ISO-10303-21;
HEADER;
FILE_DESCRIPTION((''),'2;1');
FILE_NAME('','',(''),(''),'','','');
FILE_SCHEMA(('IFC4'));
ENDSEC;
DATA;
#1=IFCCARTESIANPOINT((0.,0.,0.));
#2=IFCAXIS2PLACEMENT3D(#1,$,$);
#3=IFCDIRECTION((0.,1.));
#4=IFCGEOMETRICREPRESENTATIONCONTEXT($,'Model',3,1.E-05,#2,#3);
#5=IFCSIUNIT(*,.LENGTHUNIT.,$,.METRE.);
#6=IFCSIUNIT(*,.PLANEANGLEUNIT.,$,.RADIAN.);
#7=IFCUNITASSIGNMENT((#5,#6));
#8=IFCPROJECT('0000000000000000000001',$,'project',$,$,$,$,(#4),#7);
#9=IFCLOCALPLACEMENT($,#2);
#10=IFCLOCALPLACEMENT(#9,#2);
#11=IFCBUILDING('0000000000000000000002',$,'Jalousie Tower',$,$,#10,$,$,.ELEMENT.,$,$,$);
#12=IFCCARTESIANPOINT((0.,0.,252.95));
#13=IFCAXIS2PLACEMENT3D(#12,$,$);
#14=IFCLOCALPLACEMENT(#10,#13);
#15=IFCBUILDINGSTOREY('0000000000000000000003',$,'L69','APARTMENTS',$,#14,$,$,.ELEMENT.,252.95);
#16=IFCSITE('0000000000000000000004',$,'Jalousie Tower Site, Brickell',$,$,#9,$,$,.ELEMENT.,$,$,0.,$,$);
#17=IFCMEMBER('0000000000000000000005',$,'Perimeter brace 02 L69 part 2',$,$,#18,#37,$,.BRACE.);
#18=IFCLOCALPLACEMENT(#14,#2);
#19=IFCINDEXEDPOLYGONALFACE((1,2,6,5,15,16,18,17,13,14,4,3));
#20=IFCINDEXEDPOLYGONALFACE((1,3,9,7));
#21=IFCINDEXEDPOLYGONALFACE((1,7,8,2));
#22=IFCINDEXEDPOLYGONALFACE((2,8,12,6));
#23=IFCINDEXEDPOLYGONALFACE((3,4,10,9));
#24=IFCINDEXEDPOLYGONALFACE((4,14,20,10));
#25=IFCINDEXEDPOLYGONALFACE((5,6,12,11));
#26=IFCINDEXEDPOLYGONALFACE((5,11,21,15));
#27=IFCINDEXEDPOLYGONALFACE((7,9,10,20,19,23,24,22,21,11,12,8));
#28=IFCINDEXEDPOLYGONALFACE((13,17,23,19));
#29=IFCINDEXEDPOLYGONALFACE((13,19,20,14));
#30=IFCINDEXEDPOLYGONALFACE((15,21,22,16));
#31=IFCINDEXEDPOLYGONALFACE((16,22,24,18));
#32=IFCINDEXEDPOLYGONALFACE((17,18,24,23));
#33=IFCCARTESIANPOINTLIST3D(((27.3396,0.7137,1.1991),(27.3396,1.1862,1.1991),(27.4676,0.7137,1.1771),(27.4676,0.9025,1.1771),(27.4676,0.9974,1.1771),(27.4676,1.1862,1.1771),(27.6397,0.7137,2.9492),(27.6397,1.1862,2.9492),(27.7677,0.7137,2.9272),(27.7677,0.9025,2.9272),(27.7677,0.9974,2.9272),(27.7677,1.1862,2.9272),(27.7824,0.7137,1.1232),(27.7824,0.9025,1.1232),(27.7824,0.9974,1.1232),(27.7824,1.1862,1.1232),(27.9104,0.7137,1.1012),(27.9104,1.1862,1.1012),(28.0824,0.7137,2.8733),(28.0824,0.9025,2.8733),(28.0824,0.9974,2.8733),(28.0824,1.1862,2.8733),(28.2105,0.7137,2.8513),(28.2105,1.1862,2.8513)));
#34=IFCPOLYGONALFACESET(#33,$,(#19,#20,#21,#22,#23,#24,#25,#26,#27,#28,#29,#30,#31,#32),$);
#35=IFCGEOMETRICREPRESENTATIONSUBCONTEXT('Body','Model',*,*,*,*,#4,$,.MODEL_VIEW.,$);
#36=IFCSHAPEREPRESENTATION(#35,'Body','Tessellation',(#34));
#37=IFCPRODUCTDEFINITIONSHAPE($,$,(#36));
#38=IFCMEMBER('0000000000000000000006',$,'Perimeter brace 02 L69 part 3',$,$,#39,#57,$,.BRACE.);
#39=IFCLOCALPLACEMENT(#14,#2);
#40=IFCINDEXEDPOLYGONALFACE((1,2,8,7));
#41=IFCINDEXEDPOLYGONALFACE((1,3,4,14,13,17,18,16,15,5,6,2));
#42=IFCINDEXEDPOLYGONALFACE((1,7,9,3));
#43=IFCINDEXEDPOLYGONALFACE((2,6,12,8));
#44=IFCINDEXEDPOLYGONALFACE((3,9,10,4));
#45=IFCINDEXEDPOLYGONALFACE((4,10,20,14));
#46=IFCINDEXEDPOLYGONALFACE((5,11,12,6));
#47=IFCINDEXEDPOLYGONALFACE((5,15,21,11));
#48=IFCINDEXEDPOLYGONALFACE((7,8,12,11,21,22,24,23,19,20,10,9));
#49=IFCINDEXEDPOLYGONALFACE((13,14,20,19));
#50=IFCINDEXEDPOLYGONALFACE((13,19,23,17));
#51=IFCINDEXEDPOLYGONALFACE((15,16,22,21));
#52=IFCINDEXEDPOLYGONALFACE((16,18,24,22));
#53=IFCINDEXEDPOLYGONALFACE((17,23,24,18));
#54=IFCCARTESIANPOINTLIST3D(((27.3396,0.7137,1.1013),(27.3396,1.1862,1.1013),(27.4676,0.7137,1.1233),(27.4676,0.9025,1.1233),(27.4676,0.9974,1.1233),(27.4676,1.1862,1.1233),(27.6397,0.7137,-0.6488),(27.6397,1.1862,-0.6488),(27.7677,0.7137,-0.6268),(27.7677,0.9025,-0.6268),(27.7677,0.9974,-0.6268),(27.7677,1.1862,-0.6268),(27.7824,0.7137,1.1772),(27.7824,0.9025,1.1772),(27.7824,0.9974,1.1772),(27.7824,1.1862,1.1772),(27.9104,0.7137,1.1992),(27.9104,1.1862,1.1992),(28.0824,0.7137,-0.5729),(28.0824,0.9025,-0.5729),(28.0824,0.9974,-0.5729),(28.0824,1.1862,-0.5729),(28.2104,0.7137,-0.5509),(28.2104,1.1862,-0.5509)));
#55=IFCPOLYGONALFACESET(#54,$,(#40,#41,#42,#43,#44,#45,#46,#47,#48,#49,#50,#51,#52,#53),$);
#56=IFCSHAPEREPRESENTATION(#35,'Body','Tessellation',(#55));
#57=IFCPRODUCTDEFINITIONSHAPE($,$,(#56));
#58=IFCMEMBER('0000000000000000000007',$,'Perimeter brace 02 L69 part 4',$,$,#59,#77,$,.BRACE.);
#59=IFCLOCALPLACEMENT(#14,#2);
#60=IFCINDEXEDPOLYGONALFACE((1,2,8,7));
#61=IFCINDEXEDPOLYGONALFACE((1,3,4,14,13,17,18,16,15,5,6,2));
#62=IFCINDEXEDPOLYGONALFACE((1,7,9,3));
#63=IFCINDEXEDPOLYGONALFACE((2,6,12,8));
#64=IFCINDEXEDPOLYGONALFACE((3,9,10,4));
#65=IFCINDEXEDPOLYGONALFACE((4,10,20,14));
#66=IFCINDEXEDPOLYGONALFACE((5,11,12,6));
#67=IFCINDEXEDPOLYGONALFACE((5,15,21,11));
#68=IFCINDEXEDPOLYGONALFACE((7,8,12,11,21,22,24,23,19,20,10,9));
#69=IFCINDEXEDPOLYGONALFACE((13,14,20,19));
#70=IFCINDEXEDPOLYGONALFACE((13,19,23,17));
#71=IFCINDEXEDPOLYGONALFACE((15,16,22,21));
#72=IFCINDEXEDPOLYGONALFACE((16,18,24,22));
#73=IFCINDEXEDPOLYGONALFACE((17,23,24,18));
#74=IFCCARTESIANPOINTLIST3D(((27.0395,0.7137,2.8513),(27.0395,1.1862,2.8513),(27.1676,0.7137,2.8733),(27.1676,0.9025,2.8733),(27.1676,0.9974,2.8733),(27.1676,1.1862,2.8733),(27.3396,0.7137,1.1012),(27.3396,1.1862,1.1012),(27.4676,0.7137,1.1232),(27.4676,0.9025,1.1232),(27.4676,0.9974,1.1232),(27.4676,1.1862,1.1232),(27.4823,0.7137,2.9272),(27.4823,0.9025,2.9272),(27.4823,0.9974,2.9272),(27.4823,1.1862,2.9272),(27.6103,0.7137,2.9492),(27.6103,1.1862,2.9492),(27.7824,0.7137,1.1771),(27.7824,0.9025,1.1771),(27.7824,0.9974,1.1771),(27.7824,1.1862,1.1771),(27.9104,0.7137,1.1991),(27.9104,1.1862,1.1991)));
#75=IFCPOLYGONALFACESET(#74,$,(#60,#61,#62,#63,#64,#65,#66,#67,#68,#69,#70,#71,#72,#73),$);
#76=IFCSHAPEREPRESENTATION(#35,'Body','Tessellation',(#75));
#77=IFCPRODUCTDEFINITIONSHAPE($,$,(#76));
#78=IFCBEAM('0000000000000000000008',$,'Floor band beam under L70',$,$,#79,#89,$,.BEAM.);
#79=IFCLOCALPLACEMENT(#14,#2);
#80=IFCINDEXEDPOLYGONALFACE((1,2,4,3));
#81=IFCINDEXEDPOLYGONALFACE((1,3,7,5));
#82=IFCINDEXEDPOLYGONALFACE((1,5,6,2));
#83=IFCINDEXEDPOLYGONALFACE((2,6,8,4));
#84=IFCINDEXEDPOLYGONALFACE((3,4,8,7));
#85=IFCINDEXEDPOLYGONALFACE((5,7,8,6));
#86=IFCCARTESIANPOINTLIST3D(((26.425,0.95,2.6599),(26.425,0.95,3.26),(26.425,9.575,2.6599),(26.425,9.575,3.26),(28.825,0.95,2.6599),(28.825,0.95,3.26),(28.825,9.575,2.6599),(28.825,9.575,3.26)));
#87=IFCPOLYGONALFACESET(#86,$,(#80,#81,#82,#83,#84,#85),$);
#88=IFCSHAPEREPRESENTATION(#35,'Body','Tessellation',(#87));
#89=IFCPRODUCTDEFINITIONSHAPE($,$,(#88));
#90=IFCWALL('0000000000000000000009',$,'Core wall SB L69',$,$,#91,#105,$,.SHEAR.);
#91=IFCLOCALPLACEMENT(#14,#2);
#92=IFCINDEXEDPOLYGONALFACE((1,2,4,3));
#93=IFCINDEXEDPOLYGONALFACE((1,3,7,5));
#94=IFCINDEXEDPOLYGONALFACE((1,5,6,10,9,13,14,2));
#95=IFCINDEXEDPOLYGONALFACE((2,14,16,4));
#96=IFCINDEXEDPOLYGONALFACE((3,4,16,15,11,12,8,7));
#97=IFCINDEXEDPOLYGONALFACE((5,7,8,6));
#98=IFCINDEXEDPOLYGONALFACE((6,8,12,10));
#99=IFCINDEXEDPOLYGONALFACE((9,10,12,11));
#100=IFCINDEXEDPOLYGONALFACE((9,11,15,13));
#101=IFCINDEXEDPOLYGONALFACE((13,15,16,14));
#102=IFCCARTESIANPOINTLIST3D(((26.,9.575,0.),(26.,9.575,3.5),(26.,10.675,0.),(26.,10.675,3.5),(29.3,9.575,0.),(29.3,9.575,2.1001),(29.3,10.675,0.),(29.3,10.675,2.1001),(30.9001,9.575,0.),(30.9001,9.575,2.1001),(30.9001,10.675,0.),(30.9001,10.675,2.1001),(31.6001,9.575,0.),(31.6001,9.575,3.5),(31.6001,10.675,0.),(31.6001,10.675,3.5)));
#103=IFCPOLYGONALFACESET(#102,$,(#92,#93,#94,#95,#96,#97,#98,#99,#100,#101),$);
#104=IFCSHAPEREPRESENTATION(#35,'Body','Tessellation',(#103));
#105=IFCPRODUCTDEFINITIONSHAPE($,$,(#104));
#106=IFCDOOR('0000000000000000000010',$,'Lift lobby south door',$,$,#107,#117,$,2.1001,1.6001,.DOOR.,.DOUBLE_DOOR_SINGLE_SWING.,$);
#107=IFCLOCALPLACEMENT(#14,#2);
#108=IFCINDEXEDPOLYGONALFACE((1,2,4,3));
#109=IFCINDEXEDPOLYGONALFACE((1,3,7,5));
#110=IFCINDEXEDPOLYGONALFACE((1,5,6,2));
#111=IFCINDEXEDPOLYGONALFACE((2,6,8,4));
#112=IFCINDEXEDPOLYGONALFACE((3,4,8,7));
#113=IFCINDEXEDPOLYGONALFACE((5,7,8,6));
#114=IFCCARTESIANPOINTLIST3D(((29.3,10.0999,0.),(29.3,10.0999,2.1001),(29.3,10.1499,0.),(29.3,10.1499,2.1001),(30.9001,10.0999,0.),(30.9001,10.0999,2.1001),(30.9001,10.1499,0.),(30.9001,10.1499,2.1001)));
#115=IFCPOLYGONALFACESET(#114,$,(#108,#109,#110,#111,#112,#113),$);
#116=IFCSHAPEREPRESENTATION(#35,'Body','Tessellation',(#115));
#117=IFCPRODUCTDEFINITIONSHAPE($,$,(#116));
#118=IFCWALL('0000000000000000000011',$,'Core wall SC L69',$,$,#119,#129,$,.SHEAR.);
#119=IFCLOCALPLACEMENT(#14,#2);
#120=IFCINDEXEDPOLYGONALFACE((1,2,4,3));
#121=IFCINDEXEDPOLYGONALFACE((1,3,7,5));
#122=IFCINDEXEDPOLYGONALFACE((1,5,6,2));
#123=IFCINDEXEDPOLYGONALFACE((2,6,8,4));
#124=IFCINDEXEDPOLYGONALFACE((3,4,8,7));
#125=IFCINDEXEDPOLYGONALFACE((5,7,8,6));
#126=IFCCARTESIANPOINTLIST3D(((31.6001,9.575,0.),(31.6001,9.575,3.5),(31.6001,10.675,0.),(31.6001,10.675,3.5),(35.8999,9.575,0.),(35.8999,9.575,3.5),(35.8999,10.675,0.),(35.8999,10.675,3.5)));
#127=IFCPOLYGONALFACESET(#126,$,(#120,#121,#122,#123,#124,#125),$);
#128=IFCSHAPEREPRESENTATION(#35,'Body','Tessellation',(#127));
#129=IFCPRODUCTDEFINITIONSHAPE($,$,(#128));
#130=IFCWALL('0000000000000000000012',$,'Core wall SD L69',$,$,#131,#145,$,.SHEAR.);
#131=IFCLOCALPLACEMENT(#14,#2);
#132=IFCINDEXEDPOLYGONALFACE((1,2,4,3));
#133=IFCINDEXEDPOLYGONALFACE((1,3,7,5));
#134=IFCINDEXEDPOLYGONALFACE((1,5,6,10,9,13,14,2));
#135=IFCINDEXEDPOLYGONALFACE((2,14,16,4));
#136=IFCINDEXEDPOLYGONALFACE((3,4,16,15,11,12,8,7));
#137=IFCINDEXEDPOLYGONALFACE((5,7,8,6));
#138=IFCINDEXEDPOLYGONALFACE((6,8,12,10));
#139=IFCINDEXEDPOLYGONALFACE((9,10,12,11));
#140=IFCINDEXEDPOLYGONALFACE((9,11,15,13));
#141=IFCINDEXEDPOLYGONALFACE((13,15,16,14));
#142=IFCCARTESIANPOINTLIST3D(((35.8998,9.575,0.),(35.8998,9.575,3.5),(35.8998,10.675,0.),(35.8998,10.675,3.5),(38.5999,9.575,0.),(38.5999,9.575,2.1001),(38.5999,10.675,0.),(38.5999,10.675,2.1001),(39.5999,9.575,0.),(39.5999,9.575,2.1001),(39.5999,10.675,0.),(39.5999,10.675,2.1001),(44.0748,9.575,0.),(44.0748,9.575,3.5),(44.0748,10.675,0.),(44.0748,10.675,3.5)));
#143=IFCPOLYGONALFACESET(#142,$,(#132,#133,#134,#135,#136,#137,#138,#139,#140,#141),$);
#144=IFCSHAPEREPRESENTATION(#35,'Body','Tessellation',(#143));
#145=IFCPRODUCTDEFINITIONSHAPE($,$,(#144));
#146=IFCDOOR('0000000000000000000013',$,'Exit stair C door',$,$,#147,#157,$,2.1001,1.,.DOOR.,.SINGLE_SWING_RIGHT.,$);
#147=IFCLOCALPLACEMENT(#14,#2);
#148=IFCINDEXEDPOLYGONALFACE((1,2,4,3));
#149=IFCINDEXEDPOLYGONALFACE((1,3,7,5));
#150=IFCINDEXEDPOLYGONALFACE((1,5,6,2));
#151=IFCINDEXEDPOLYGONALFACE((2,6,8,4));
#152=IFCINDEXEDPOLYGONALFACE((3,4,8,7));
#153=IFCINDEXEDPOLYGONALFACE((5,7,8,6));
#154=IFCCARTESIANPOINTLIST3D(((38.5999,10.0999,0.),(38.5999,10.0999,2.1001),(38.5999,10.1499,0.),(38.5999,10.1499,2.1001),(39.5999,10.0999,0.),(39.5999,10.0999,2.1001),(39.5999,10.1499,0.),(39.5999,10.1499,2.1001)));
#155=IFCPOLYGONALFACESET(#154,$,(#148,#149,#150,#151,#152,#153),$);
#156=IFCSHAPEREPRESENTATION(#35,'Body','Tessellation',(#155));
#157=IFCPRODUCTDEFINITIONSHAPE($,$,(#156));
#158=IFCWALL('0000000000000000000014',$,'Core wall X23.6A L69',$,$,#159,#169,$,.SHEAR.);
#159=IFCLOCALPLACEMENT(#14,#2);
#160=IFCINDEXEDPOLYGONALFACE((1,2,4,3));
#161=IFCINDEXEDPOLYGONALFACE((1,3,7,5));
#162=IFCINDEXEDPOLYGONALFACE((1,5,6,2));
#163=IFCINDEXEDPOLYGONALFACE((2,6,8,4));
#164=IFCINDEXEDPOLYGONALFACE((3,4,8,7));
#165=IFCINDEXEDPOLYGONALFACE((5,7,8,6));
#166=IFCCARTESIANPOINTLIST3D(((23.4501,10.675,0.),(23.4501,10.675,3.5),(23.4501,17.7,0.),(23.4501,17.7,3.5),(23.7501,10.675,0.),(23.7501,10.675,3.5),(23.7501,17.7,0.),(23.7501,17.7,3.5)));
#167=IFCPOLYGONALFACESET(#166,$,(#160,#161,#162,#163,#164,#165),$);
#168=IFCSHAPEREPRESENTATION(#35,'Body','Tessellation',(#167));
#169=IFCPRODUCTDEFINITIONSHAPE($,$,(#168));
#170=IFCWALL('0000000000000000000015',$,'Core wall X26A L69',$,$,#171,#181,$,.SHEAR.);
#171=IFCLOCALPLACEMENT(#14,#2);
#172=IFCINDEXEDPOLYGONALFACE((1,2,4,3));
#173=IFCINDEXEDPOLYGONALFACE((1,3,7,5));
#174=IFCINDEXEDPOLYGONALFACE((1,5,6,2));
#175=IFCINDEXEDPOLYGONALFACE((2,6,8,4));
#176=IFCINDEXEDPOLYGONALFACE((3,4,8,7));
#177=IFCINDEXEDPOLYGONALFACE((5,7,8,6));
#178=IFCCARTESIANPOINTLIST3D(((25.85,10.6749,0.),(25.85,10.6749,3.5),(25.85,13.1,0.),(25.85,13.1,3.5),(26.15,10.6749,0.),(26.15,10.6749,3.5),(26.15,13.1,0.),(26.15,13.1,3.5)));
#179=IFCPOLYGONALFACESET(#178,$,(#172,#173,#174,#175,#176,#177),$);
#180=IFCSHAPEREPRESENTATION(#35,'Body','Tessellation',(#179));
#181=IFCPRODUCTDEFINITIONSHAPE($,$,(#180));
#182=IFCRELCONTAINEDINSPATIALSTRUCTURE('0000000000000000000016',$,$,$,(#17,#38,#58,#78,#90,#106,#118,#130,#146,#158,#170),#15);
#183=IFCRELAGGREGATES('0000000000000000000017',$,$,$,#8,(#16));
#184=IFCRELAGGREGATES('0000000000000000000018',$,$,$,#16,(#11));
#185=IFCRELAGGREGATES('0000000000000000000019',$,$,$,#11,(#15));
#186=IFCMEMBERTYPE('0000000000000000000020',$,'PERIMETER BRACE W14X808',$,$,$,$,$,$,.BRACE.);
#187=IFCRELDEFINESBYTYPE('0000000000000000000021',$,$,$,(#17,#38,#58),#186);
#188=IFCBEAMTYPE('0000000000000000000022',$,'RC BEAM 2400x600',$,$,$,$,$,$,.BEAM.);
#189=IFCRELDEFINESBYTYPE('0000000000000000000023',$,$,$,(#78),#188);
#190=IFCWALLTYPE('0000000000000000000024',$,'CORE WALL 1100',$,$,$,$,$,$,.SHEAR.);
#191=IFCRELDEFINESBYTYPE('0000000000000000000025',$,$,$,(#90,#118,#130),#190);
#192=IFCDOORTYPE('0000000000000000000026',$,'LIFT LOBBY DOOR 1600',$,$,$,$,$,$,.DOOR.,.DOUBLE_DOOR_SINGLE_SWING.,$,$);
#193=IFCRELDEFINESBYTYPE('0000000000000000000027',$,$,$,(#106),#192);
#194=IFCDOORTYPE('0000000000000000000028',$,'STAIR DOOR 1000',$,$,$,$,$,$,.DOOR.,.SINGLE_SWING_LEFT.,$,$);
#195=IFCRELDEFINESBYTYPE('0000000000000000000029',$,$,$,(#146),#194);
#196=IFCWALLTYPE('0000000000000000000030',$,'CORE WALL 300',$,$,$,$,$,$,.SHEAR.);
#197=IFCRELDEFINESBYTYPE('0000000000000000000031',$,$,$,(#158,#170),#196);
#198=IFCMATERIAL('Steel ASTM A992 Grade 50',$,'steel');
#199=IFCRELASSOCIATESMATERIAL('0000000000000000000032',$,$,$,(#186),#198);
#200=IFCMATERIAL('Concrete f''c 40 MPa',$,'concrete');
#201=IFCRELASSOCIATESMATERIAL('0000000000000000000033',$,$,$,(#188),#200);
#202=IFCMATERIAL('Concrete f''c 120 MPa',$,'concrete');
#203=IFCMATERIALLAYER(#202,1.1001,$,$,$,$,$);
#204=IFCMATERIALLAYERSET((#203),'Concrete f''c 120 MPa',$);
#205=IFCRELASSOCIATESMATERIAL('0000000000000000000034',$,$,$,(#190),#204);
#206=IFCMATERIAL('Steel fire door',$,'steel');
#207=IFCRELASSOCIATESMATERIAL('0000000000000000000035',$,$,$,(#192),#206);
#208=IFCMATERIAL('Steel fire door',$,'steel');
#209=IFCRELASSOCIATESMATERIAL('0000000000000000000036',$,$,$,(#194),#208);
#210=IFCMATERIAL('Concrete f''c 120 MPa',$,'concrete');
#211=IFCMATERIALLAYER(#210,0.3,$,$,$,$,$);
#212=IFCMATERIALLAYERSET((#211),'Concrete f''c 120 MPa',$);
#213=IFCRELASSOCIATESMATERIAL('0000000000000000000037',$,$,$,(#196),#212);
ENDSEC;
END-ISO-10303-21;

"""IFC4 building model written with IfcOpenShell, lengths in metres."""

from ifc_helpers import new_model, si_unit, direction, frame, frame_2d, origin, origin_2d, place, context, subcontext, project, spatial, rectangle, i_section, extrude, material, layer, layer_set, material_profile, profile_set, type_object, element, fill, save


model = new_model("IFC4")

# Units and contexts
model_context = context("Model", 3, precision=1e-05, world=origin(), true_north=direction((0.0, 1.0)))
body_context = subcontext(model_context, "Body", "Model", "MODEL_VIEW")
ifc_project = project(units=[si_unit("LENGTHUNIT", "METRE"), si_unit("PLANEANGLEUNIT", "RADIAN")], contexts=[model_context])

# Site, building, storey
site_placement = place(None, origin())
site = spatial("IfcSite", under=ifc_project, at=site_placement, Name="Jalousie Tower Site, Brickell", CompositionType="ELEMENT", RefElevation=0.0)
building_placement = place(site_placement, origin())
building = spatial("IfcBuilding", under=site, at=building_placement, Name="Jalousie Tower", CompositionType="ELEMENT")
storey_placement = place(building_placement, frame((0.0, 0.0, 252.95)))
storey = spatial("IfcBuildingStorey", under=building, at=storey_placement, Name="L69", Description="APARTMENTS", CompositionType="ELEMENT", Elevation=252.95)

# Members
ifc_material_1 = material(Name="Steel ASTM A992 Grade 50", Category="steel")
ifc_material_profile_1 = material_profile(ifc_material_1, i_section(OverallWidth=0.4724, OverallDepth=0.5791, WebThickness=0.095, FlangeThickness=0.1299, at=origin_2d()), Name="W14X808")
ifc_profile_set_1 = profile_set([ifc_material_profile_1], Name="Steel ASTM A992 Grade 50")
member_type = type_object("IfcMemberType", Name="PERIMETER BRACE W14X808", PredefinedType="BRACE", material=ifc_profile_set_1)
for number, where, z_axis, x_axis, name in (
    (1, (27.625, 0.95, 1.1501), (0.168991, 0.0, 0.985618), (0.0, 1.0, 0.0), "Perimeter brace 02 L69 part 2"),
    (2, (27.925, 0.95, -0.5999), (-0.168991, 0.0, 0.985618), (0.0, -1.0, 0.0), "Perimeter brace 02 L69 part 3"),
    (3, (27.625, 0.95, 1.1501), (-0.168991, 0.0, 0.985618), (0.0, -1.0, 0.0), "Perimeter brace 02 L69 part 4"),
):
    element("IfcMember", number, at=place(storey_placement, frame(where, z_axis=z_axis, x_axis=x_axis)), inside=storey, type_object=member_type, Name=name, PredefinedType="BRACE", context=body_context, shape_type="SweptSolid", body=[
        extrude(i_section(OverallWidth=0.4724, OverallDepth=0.5791, WebThickness=0.095, FlangeThickness=0.1299, at=origin_2d()), origin(), (0.0, 0.0, 1.0), 1.7756),
    ])

# Beam
ifc_material_2 = material(Name="Concrete f'c 40 MPa", Category="concrete")
ifc_material_profile_2 = material_profile(ifc_material_2, rectangle(XDim=2.3999, YDim=0.6001, at=origin_2d()), Name="RC 2400x600")
ifc_profile_set_2 = profile_set([ifc_material_profile_2], Name="Concrete f'c 40 MPa")
beam_type = type_object("IfcBeamType", Name="RC BEAM 2400x600", PredefinedType="BEAM", material=ifc_profile_set_2)
beam_placement = place(storey_placement, frame((27.625, 0.95, 2.96), z_axis=(0.0, 1.0, 0.0), x_axis=(-1.0, 0.0, 0.0)))
element("IfcBeam", 4, at=beam_placement, inside=storey, type_object=beam_type, Name="Floor band beam under L70", PredefinedType="BEAM", context=body_context, shape_type="SweptSolid", body=[
    extrude(rectangle(XDim=2.3999, YDim=0.6001, at=origin_2d()), origin(), (0.0, 0.0, 1.0), 8.625),
])

# Wall, opening, door
ifc_material_3 = material(Name="Concrete f'c 120 MPa", Category="concrete")
ifc_layer_1 = layer(ifc_material_3, 1.1001)
ifc_layer_set_1 = layer_set([ifc_layer_1], Name="Concrete f'c 120 MPa")
wall_type_1 = type_object("IfcWallType", Name="CORE WALL 1100", PredefinedType="SHEAR", material=ifc_layer_set_1)
wall_1_placement = place(storey_placement, frame((26.0, 10.125, 0.0), z_axis=(0.0, 0.0, 1.0), x_axis=(1.0, 0.0, 0.0)))
wall_1 = element("IfcWall", 5, at=wall_1_placement, inside=storey, type_object=wall_type_1, Name="Core wall SB L69", PredefinedType="SHEAR", context=body_context, shape_type="SweptSolid", body=[
    extrude(rectangle(XDim=5.6001, YDim=1.1001, at=frame_2d((2.8, 0.0))), origin(), (0.0, 0.0, 1.0), 3.5),
])
opening_1_placement = place(wall_1_placement, frame((3.3, 0.0, 0.0)))
opening_1 = element("IfcOpeningElement", 6, at=opening_1_placement, cuts=wall_1, PredefinedType="OPENING", context=body_context, shape_type="SweptSolid", body=[
    extrude(rectangle(XDim=1.6001, YDim=2.1001, at=frame_2d((0.8, 1.05))), frame((0.0, 0.5601, 0.0), z_axis=(0.0, -1.0, 0.0), x_axis=(1.0, 0.0, 0.0)), (0.0, 0.0, 1.0), 1.1201),
])
ifc_material_4 = material(Name="Steel fire door", Category="steel")
door_type_1 = type_object("IfcDoorType", Name="LIFT LOBBY DOOR 1600", OperationType="DOUBLE_DOOR_SINGLE_SWING", PredefinedType="DOOR", material=ifc_material_4)
door_1_placement = place(opening_1_placement, origin())
door_1 = element("IfcDoor", 7, at=door_1_placement, inside=storey, type_object=door_type_1, Name="Lift lobby south door", OperationType="DOUBLE_DOOR_SINGLE_SWING", OverallHeight=2.1001, OverallWidth=1.6001, PredefinedType="DOOR", context=body_context, shape_type="SweptSolid", body=[
    extrude(rectangle(XDim=1.6001, YDim=2.1001, at=frame_2d((0.8, 1.05))), frame((0.0, 0.0249, 0.0), z_axis=(0.0, -1.0, 0.0), x_axis=(1.0, 0.0, 0.0)), (0.0, 0.0, 1.0), 0.05),
])
fill(opening_1, door_1)

# Wall
wall_2_placement = place(storey_placement, frame((31.6001, 10.125, 0.0), z_axis=(0.0, 0.0, 1.0), x_axis=(1.0, 0.0, 0.0)))
element("IfcWall", 8, at=wall_2_placement, inside=storey, type_object=wall_type_1, Name="Core wall SC L69", PredefinedType="SHEAR", context=body_context, shape_type="SweptSolid", body=[
    extrude(rectangle(XDim=4.2998, YDim=1.1001, at=frame_2d((2.1499, 0.0))), origin(), (0.0, 0.0, 1.0), 3.5),
])

# Wall, opening, door
wall_3_placement = place(storey_placement, frame((35.8999, 10.125, 0.0), z_axis=(0.0, 0.0, 1.0), x_axis=(1.0, 0.0, 0.0)))
wall_3 = element("IfcWall", 9, at=wall_3_placement, inside=storey, type_object=wall_type_1, Name="Core wall SD L69", PredefinedType="SHEAR", context=body_context, shape_type="SweptSolid", body=[
    extrude(rectangle(XDim=8.175, YDim=1.1001, at=frame_2d((4.0874, 0.0))), origin(), (0.0, 0.0, 1.0), 3.5),
])
opening_2_placement = place(wall_3_placement, frame((2.7, 0.0, 0.0)))
opening_2 = element("IfcOpeningElement", 10, at=opening_2_placement, cuts=wall_3, PredefinedType="OPENING", context=body_context, shape_type="SweptSolid", body=[
    extrude(rectangle(XDim=1.0, YDim=2.1001, at=frame_2d((0.5, 1.05))), frame((0.0, 0.5601, 0.0), z_axis=(0.0, -1.0, 0.0), x_axis=(1.0, 0.0, 0.0)), (0.0, 0.0, 1.0), 1.1201),
])
ifc_material_5 = material(Name="Steel fire door", Category="steel")
door_type_2 = type_object("IfcDoorType", Name="STAIR DOOR 1000", OperationType="SINGLE_SWING_LEFT", PredefinedType="DOOR", material=ifc_material_5)
door_2_placement = place(opening_2_placement, origin())
door_2 = element("IfcDoor", 11, at=door_2_placement, inside=storey, type_object=door_type_2, Name="Exit stair C door", OperationType="SINGLE_SWING_RIGHT", OverallHeight=2.1001, OverallWidth=1.0, PredefinedType="DOOR", context=body_context, shape_type="SweptSolid", body=[
    extrude(rectangle(XDim=1.0, YDim=2.1001, at=frame_2d((0.5, 1.05))), frame((0.0, 0.0249, 0.0), z_axis=(0.0, -1.0, 0.0), x_axis=(1.0, 0.0, 0.0)), (0.0, 0.0, 1.0), 0.05),
])
fill(opening_2, door_2)

# Walls
ifc_material_6 = material(Name="Concrete f'c 120 MPa", Category="concrete")
ifc_layer_2 = layer(ifc_material_6, 0.3)
ifc_layer_set_2 = layer_set([ifc_layer_2], Name="Concrete f'c 120 MPa")
wall_type_2 = type_object("IfcWallType", Name="CORE WALL 300", PredefinedType="SHEAR", material=ifc_layer_set_2)
wall_4_placement = place(storey_placement, frame((23.6001, 10.675, 0.0), z_axis=(0.0, 0.0, 1.0), x_axis=(0.0, 1.0, 0.0)))
element("IfcWall", 12, at=wall_4_placement, inside=storey, type_object=wall_type_2, Name="Core wall X23.6A L69", PredefinedType="SHEAR", context=body_context, shape_type="SweptSolid", body=[
    extrude(rectangle(XDim=7.0249, YDim=0.3, at=frame_2d((3.5125, 0.0))), origin(), (0.0, 0.0, 1.0), 3.5),
])
wall_5_placement = place(storey_placement, frame((26.0, 10.675, 0.0), z_axis=(0.0, 0.0, 1.0), x_axis=(0.0, 1.0, 0.0)))
element("IfcWall", 13, at=wall_5_placement, inside=storey, type_object=wall_type_2, Name="Core wall X26A L69", PredefinedType="SHEAR", context=body_context, shape_type="SweptSolid", body=[
    extrude(rectangle(XDim=2.425, YDim=0.3, at=frame_2d((1.2124, 0.0))), origin(), (0.0, 0.0, 1.0), 3.5),
])

save(model, "model.ifc")
